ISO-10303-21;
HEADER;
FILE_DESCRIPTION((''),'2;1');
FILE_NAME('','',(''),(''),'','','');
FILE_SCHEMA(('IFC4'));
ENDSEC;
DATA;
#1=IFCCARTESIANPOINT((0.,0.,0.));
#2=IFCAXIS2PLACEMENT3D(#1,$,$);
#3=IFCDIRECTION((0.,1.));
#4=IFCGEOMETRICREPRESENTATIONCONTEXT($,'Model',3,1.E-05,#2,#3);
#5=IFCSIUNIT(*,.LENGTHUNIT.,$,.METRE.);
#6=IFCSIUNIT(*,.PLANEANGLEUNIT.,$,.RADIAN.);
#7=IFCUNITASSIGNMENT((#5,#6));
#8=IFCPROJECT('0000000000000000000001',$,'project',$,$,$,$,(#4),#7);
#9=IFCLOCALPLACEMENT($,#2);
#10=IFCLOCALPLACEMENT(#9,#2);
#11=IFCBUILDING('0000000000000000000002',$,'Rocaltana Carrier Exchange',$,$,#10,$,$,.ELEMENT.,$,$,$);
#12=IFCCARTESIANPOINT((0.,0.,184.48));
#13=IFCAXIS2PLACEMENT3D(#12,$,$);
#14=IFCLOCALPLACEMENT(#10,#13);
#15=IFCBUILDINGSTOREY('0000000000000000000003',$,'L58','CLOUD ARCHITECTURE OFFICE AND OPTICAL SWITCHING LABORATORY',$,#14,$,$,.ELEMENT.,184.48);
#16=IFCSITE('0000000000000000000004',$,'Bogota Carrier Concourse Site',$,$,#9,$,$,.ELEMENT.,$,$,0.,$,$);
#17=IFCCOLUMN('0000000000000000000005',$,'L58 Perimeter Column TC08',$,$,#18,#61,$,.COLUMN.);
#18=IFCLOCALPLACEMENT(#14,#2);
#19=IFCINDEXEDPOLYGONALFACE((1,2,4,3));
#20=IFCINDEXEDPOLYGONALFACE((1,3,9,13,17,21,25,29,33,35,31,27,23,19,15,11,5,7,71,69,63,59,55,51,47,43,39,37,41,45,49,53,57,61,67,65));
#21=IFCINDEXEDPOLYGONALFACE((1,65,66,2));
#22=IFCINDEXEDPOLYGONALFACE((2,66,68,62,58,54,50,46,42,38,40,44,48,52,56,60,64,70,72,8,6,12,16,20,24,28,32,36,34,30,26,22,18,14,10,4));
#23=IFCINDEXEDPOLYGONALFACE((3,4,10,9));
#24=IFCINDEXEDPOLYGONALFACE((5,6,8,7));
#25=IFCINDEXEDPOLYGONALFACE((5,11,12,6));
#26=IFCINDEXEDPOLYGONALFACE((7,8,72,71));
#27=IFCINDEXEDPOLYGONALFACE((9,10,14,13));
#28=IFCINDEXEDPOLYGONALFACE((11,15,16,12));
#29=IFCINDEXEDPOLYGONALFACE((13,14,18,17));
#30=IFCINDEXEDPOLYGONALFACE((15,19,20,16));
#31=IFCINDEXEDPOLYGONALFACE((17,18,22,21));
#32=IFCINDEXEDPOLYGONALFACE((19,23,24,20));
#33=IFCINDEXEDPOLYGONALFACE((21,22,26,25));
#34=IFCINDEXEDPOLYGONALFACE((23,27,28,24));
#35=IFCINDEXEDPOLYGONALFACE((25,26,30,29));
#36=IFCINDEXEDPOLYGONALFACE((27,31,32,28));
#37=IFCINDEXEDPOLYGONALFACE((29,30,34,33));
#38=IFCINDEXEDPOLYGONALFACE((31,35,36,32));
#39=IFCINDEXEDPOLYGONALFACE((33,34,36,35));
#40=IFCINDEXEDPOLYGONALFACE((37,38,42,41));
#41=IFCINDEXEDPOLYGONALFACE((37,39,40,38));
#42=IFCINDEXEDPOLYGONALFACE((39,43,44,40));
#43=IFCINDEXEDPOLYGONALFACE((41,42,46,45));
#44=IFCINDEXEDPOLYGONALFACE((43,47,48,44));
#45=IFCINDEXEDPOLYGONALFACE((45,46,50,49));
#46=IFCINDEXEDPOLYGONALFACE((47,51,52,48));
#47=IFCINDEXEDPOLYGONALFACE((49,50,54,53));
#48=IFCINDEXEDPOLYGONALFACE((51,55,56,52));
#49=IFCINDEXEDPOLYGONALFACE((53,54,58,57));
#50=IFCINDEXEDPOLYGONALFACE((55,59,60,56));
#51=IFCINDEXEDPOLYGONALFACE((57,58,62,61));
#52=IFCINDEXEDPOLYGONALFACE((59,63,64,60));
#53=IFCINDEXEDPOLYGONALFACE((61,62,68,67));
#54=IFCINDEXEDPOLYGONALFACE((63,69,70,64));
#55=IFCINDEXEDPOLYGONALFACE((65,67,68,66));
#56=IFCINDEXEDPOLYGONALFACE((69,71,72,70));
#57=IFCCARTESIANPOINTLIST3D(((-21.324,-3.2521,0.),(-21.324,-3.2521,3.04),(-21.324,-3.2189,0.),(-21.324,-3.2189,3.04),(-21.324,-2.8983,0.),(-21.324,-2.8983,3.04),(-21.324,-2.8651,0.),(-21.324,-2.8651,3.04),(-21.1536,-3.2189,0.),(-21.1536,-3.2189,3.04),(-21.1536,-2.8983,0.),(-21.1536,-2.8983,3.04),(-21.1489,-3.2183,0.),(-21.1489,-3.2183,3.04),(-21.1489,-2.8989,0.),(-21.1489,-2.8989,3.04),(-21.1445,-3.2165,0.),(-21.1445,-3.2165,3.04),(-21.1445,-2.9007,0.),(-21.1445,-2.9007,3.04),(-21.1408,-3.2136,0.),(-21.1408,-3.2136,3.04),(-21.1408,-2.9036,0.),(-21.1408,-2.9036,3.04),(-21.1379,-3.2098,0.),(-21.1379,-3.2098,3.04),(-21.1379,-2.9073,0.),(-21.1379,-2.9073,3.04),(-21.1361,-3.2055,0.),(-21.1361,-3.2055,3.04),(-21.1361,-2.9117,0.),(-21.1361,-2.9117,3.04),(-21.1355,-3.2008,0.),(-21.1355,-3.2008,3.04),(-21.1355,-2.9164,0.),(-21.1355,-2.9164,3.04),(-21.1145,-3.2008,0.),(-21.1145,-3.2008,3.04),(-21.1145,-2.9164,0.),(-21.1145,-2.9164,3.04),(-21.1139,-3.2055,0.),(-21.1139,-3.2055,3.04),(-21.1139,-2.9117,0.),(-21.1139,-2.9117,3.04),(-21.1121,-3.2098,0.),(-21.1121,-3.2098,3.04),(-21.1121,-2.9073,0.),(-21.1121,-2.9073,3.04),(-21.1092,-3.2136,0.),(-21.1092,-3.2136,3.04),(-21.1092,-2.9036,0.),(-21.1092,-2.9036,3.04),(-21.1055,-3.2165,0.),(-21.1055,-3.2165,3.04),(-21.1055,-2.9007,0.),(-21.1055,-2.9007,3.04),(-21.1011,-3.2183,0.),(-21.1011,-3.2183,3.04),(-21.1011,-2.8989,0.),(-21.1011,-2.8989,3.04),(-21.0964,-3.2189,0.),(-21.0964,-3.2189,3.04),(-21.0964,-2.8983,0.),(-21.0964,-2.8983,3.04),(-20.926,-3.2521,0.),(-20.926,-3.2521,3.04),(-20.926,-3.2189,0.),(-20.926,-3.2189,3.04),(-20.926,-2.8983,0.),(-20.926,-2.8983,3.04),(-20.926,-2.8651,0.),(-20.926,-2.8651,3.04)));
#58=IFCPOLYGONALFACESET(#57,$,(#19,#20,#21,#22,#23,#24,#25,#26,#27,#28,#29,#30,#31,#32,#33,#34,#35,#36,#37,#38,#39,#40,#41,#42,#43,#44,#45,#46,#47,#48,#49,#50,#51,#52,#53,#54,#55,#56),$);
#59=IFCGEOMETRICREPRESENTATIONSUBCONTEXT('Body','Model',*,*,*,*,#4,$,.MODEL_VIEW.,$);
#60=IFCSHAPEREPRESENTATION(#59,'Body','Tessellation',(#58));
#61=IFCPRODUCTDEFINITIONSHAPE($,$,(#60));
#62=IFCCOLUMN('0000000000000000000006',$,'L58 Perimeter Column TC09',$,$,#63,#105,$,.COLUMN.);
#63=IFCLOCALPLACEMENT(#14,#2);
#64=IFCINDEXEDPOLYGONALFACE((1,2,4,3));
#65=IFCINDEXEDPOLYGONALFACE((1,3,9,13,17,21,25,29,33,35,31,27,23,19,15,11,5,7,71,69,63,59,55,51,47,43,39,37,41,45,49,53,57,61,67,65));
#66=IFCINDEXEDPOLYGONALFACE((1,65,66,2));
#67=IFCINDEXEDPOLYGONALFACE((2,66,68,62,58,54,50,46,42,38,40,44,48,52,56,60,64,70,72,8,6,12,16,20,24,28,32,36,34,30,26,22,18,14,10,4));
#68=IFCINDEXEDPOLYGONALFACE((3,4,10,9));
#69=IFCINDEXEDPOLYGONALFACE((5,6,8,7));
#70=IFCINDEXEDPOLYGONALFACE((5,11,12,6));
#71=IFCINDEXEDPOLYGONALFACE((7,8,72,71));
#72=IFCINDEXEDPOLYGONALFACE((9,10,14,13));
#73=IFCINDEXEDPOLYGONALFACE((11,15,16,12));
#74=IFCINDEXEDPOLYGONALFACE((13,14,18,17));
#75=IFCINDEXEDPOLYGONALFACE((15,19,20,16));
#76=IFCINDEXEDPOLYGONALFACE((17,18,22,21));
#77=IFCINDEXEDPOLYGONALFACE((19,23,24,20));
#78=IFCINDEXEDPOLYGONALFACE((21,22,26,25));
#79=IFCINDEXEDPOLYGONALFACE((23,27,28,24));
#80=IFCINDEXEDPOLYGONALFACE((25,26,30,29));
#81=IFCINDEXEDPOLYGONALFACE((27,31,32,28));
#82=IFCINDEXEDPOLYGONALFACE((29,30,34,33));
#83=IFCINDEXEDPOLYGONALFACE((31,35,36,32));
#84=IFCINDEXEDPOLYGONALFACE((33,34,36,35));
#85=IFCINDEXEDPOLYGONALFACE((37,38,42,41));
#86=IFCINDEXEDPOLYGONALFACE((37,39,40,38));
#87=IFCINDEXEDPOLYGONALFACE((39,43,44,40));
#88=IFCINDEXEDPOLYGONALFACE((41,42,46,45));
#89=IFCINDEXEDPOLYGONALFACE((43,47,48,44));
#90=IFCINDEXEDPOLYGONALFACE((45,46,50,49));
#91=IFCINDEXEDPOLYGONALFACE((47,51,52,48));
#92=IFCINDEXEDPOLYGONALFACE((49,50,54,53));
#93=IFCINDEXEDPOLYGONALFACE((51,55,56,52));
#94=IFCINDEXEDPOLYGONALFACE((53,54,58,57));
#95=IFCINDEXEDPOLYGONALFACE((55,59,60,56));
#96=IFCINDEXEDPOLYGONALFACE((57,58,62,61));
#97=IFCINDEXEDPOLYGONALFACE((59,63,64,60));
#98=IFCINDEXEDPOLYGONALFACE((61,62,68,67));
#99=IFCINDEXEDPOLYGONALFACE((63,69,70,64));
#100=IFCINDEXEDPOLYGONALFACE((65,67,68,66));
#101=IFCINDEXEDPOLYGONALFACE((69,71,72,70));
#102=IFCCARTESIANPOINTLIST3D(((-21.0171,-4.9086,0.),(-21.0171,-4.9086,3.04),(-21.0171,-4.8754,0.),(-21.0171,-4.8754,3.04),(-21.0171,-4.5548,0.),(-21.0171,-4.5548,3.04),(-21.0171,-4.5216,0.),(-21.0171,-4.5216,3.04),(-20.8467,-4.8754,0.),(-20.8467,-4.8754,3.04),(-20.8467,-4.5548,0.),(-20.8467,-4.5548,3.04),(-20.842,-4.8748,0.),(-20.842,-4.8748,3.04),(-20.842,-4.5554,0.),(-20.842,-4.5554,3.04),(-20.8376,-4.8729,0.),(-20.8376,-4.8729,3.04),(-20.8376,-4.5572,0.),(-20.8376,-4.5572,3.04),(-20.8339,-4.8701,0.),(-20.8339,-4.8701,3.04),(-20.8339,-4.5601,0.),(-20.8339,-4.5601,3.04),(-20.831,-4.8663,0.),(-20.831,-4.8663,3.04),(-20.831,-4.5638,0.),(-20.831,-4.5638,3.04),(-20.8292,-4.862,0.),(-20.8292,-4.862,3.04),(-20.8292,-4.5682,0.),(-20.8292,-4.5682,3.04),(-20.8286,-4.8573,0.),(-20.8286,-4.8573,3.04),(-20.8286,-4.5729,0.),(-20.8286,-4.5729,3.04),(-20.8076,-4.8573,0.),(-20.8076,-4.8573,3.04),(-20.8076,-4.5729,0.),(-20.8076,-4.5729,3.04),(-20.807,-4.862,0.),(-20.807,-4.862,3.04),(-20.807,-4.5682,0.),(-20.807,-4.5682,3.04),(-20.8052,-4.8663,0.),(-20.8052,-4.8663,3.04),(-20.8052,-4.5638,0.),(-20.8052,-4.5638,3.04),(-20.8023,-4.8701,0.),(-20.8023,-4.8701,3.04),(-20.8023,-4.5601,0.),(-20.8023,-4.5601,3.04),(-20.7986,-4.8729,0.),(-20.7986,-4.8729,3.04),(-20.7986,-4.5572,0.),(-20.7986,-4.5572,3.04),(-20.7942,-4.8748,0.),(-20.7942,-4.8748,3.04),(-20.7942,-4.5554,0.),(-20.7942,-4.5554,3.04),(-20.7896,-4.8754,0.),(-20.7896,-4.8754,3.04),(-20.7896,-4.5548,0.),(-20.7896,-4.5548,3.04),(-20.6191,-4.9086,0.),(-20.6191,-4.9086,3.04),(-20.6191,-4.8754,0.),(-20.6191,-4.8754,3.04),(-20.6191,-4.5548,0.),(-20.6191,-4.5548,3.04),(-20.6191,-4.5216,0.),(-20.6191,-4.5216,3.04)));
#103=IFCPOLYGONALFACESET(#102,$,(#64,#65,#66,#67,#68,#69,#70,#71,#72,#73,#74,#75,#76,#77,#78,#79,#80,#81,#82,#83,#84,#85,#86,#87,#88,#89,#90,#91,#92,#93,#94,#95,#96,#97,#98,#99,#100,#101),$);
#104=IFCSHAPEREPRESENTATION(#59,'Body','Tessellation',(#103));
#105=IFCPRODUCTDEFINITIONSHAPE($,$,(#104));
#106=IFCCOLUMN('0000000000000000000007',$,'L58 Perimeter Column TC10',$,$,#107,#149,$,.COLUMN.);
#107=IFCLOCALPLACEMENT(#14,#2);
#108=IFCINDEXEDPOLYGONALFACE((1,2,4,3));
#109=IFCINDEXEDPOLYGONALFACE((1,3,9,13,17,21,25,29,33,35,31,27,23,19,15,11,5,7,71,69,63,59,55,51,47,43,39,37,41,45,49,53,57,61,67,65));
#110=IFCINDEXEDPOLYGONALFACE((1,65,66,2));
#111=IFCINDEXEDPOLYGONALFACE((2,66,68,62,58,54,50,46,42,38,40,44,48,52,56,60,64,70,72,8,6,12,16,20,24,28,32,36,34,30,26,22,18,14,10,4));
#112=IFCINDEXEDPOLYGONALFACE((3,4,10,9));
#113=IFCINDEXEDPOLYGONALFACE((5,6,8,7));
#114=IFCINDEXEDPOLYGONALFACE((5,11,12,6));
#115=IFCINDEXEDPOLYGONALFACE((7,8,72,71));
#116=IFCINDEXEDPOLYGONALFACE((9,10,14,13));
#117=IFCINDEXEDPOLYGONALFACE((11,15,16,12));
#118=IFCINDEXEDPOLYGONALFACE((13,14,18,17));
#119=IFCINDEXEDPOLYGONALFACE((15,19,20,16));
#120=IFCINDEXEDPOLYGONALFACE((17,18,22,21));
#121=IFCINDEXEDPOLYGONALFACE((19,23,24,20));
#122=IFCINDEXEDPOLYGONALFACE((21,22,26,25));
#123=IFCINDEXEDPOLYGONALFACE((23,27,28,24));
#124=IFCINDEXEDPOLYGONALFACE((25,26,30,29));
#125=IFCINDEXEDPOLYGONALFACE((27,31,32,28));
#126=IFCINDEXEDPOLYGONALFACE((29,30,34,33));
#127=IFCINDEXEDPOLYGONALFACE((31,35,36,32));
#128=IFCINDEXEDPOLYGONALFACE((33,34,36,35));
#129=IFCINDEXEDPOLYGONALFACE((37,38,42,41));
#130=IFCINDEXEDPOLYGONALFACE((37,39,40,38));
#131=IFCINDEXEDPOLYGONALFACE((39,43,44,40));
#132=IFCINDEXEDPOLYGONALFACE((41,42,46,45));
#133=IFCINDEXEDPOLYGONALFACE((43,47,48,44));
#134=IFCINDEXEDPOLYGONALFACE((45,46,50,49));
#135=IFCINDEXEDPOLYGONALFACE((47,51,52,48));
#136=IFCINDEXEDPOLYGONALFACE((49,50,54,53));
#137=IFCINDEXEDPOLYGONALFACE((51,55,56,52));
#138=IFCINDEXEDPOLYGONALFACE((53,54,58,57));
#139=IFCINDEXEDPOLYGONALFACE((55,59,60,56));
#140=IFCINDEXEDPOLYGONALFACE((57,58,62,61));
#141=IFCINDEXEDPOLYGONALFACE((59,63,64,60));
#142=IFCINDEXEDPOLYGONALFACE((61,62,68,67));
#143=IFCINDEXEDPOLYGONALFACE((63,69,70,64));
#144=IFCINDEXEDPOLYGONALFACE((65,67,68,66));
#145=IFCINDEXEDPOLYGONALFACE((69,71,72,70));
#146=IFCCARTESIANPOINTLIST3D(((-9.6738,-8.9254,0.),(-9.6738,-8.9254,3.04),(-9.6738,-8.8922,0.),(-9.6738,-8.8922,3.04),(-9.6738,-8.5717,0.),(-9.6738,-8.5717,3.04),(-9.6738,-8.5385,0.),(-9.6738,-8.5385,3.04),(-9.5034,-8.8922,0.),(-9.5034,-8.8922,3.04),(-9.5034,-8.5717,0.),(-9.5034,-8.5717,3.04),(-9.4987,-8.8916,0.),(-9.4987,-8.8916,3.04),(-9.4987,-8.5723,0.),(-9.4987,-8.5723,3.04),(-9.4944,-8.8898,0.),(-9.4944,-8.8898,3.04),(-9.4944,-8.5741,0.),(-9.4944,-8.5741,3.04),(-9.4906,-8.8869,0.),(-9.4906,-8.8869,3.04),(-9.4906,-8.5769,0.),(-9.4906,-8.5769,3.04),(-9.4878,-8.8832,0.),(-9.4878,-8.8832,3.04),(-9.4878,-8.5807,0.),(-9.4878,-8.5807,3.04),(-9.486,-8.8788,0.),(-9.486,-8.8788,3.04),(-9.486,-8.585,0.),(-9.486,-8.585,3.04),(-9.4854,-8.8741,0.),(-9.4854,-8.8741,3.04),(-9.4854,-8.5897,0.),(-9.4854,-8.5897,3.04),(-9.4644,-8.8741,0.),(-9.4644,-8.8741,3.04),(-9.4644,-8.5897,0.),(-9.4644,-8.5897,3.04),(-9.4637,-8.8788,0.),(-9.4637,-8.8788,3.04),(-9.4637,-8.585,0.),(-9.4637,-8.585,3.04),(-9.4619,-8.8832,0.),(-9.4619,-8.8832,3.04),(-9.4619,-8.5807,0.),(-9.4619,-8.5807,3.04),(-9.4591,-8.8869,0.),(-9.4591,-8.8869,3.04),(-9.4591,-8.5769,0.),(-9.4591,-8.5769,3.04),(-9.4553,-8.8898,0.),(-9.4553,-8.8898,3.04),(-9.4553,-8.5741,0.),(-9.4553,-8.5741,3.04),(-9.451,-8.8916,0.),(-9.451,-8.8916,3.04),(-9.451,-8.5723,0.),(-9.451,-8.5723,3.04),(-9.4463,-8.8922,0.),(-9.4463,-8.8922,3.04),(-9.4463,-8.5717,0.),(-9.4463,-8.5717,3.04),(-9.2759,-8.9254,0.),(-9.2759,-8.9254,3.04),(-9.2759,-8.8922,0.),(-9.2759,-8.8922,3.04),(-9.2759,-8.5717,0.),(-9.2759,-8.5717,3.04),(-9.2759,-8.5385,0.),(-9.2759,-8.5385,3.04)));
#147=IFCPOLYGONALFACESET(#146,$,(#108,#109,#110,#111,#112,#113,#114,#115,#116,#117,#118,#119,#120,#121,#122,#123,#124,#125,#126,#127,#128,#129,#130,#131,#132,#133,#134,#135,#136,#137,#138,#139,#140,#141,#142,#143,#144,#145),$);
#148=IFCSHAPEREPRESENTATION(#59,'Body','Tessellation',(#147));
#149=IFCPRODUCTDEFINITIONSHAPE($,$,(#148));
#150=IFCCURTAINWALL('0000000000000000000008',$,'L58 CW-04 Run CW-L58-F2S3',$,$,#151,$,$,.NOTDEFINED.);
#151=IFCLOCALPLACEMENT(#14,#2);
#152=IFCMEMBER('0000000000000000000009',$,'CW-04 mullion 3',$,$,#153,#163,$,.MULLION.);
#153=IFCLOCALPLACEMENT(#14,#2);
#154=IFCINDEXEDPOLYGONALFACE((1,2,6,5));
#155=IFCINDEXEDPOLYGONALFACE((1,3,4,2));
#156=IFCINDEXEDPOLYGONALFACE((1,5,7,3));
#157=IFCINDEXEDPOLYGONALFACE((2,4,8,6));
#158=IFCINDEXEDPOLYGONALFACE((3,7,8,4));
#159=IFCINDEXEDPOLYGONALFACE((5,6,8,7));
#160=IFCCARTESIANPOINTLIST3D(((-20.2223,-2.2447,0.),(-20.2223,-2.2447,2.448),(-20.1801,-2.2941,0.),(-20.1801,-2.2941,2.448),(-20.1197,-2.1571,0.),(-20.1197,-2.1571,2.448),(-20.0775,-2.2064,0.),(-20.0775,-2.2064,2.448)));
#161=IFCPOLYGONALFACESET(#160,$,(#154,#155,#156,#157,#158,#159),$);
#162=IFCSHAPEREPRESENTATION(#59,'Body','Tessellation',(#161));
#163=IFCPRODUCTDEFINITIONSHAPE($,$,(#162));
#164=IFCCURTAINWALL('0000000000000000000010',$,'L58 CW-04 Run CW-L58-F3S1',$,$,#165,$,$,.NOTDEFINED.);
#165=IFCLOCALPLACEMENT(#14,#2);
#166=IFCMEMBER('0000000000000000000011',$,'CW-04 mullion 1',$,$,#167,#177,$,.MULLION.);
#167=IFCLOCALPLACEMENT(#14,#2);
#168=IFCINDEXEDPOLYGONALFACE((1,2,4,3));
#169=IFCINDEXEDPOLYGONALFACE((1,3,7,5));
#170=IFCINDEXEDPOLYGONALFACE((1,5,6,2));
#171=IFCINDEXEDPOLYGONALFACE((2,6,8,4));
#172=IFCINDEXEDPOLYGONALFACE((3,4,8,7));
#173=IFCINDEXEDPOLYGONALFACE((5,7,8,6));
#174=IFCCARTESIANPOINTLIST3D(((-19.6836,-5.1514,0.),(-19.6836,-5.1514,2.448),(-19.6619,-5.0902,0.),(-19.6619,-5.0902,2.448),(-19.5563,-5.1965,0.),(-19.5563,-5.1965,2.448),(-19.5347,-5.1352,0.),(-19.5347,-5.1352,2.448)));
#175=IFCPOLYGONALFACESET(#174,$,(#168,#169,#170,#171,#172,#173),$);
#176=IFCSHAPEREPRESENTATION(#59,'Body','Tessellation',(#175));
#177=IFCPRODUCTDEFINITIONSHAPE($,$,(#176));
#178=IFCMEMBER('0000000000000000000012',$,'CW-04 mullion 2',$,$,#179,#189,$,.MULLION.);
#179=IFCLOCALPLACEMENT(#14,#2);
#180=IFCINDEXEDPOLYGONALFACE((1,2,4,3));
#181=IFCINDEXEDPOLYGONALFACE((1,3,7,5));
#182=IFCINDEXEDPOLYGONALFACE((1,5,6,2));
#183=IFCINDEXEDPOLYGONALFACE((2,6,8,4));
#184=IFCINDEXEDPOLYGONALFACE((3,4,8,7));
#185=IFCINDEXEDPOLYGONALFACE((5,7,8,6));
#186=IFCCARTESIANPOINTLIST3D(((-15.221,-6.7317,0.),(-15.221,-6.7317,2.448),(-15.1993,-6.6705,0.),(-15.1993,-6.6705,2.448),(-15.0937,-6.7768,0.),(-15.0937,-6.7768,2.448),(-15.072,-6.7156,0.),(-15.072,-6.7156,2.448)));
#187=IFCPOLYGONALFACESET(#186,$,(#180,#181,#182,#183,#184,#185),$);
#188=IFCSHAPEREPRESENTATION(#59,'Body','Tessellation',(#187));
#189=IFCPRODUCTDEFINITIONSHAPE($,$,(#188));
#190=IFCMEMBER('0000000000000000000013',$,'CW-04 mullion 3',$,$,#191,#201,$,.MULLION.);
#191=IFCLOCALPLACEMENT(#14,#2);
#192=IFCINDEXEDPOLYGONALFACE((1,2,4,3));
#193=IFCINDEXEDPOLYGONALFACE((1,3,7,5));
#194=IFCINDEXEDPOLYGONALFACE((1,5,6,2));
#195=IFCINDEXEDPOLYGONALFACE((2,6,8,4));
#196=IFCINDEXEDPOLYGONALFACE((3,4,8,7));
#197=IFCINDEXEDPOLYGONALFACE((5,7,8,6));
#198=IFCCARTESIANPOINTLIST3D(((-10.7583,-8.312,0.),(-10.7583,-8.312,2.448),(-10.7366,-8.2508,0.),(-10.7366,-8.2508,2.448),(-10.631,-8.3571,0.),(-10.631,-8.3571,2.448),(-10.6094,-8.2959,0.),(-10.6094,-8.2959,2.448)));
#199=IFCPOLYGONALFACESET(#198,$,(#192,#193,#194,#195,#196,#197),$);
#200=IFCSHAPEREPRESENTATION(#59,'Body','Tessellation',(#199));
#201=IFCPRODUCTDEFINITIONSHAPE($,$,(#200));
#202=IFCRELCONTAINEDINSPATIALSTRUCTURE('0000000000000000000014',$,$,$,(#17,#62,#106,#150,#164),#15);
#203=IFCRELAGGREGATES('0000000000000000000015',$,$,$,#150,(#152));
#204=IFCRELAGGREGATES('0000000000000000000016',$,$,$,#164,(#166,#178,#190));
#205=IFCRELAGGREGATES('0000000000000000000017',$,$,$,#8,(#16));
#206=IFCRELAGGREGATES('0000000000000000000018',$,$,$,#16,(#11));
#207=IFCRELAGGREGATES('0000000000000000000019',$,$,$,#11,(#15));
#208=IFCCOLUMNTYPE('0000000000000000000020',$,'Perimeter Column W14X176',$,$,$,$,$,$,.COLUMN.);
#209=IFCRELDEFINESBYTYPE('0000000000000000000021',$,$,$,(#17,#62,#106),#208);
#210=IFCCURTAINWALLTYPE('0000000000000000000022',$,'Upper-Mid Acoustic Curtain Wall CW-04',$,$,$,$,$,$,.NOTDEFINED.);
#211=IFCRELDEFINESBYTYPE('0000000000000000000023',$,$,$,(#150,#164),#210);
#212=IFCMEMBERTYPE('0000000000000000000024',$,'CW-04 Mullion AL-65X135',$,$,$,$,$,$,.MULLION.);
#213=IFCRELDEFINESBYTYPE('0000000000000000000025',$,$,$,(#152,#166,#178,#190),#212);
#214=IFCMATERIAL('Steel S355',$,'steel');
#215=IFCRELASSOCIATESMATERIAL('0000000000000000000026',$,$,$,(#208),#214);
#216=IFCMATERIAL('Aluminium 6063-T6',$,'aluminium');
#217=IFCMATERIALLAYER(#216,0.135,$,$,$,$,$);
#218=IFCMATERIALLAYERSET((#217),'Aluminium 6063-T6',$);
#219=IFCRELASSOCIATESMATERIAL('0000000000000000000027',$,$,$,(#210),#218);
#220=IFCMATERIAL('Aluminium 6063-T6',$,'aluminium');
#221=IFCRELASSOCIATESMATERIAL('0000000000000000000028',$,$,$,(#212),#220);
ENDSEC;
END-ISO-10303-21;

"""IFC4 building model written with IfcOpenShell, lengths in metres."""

from ifc_helpers import new_model, si_unit, direction, frame, origin, origin_2d, place, context, subcontext, project, spatial, rectangle, i_section, extrude, material, layer, layer_set, material_profile, profile_set, type_object, element, aggregate, save


model = new_model("IFC4")

# Units and contexts
model_context = context("Model", 3, precision=1e-05, world=origin(), true_north=direction((0.0, 1.0)))
body_context = subcontext(model_context, "Body", "Model", "MODEL_VIEW")
ifc_project = project(units=[si_unit("LENGTHUNIT", "METRE"), si_unit("PLANEANGLEUNIT", "RADIAN")], contexts=[model_context])

# Site, building, storey
site_placement = place(None, origin())
site = spatial("IfcSite", under=ifc_project, at=site_placement, Name="Bogota Carrier Concourse Site", CompositionType="ELEMENT", RefElevation=0.0)
building_placement = place(site_placement, origin())
building = spatial("IfcBuilding", under=site, at=building_placement, Name="Rocaltana Carrier Exchange", CompositionType="ELEMENT")
storey_placement = place(building_placement, frame((0.0, 0.0, 184.48)))
storey = spatial("IfcBuildingStorey", under=building, at=storey_placement, Name="L58", Description="CLOUD ARCHITECTURE OFFICE AND OPTICAL SWITCHING LABORATORY", CompositionType="ELEMENT", Elevation=184.48)

# Columns
ifc_material_1 = material(Name="Steel S355", Category="steel")
ifc_material_profile_1 = material_profile(ifc_material_1, i_section(OverallWidth=0.3979, OverallDepth=0.387, WebThickness=0.021, FlangeThickness=0.0332, FilletRadius=0.0181, at=origin_2d()), Name="W14X176")
ifc_profile_set_1 = profile_set([ifc_material_profile_1], Name="Steel S355")
column_type = type_object("IfcColumnType", Name="Perimeter Column W14X176", PredefinedType="COLUMN", material=ifc_profile_set_1)
for number, where, z_axis, x_axis, name in (
    (1, (-21.125, -3.0586, 0.0), (0.0, 0.0, 1.0), (1.0, 0.0, 0.0), "L58 Perimeter Column TC08"),
    (2, (-20.8181, -4.7151, 0.0), (0.0, 0.0, 1.0), (1.0, 0.0, 0.0), "L58 Perimeter Column TC09"),
    (3, (-9.4749, -8.7319, 0.0), (0.0, 0.0, 1.0), (1.0, 0.0, 0.0), "L58 Perimeter Column TC10"),
):
    element("IfcColumn", number, at=place(storey_placement, frame(where, z_axis=z_axis, x_axis=x_axis)), inside=storey, type_object=column_type, Name=name, PredefinedType="COLUMN", context=body_context, shape_type="SweptSolid", body=[
        extrude(i_section(OverallWidth=0.3979, OverallDepth=0.387, WebThickness=0.021, FlangeThickness=0.0332, FilletRadius=0.0181, at=origin_2d()), origin(), (0.0, 0.0, 1.0), 3.04),
    ])

# Curtain wall, member
ifc_material_2 = material(Name="Aluminium 6063-T6", Category="aluminium")
ifc_layer_1 = layer(ifc_material_2, 0.135)
ifc_layer_set_1 = layer_set([ifc_layer_1], Name="Aluminium 6063-T6")
curtain_wall_type = type_object("IfcCurtainWallType", Name="Upper-Mid Acoustic Curtain Wall CW-04", PredefinedType="NOTDEFINED", material=ifc_layer_set_1)
curtain_wall_1_placement = place(storey_placement, origin())
curtain_wall_1 = element("IfcCurtainWall", 4, at=curtain_wall_1_placement, inside=storey, type_object=curtain_wall_type, Name="L58 CW-04 Run CW-L58-F2S3", PredefinedType="NOTDEFINED")
ifc_material_3 = material(Name="Aluminium 6063-T6", Category="aluminium")
ifc_material_profile_2 = material_profile(ifc_material_3, rectangle(XDim=0.0649, YDim=0.135, at=origin_2d()), Name="AL-65X135")
ifc_profile_set_2 = profile_set([ifc_material_profile_2], Name="Aluminium 6063-T6")
member_type_1 = type_object("IfcMemberType", Name="CW-04 Mullion AL-65X135", PredefinedType="MULLION", material=ifc_profile_set_2)
member_1_placement = place(storey_placement, frame((-20.1499, -2.2256, 0.0), z_axis=(0.0, 0.0, 1.0), x_axis=(0.649448, -0.760406, 0.0)))
member_1 = element("IfcMember", 5, at=member_1_placement, type_object=member_type_1, Name="CW-04 mullion 3", PredefinedType="MULLION", context=body_context, shape_type="SweptSolid", body=[
    extrude(rectangle(XDim=0.0649, YDim=0.135, at=origin_2d()), origin(), (0.0, 0.0, 1.0), 2.448),
])

# Curtain wall, members
curtain_wall_2_placement = place(storey_placement, origin())
curtain_wall_2 = element("IfcCurtainWall", 6, at=curtain_wall_2_placement, inside=storey, type_object=curtain_wall_type, Name="L58 CW-04 Run CW-L58-F3S1", PredefinedType="NOTDEFINED")
member_2_placement = place(storey_placement, frame((-19.6091, -5.1433, 0.0), z_axis=(0.0, 0.0, 1.0), x_axis=(0.333795, 0.942646, 0.0)))
member_2 = element("IfcMember", 7, at=member_2_placement, type_object=member_type_1, Name="CW-04 mullion 1", PredefinedType="MULLION", context=body_context, shape_type="SweptSolid", body=[
    extrude(rectangle(XDim=0.0649, YDim=0.135, at=origin_2d()), origin(), (0.0, 0.0, 1.0), 2.448),
])
member_3_placement = place(storey_placement, frame((-15.1465, -6.7236, 0.0), z_axis=(0.0, 0.0, 1.0), x_axis=(0.333795, 0.942646, 0.0)))
member_3 = element("IfcMember", 8, at=member_3_placement, type_object=member_type_1, Name="CW-04 mullion 2", PredefinedType="MULLION", context=body_context, shape_type="SweptSolid", body=[
    extrude(rectangle(XDim=0.0649, YDim=0.135, at=origin_2d()), origin(), (0.0, 0.0, 1.0), 2.448),
])
member_4_placement = place(storey_placement, frame((-10.6838, -8.304, 0.0), z_axis=(0.0, 0.0, 1.0), x_axis=(0.333795, 0.942646, 0.0)))
member_4 = element("IfcMember", 9, at=member_4_placement, type_object=member_type_1, Name="CW-04 mullion 3", PredefinedType="MULLION", context=body_context, shape_type="SweptSolid", body=[
    extrude(rectangle(XDim=0.0649, YDim=0.135, at=origin_2d()), origin(), (0.0, 0.0, 1.0), 2.448),
])

aggregate(curtain_wall_1, [member_1])
aggregate(curtain_wall_2, [member_2, member_3, member_4])

save(model, "model.ifc")
